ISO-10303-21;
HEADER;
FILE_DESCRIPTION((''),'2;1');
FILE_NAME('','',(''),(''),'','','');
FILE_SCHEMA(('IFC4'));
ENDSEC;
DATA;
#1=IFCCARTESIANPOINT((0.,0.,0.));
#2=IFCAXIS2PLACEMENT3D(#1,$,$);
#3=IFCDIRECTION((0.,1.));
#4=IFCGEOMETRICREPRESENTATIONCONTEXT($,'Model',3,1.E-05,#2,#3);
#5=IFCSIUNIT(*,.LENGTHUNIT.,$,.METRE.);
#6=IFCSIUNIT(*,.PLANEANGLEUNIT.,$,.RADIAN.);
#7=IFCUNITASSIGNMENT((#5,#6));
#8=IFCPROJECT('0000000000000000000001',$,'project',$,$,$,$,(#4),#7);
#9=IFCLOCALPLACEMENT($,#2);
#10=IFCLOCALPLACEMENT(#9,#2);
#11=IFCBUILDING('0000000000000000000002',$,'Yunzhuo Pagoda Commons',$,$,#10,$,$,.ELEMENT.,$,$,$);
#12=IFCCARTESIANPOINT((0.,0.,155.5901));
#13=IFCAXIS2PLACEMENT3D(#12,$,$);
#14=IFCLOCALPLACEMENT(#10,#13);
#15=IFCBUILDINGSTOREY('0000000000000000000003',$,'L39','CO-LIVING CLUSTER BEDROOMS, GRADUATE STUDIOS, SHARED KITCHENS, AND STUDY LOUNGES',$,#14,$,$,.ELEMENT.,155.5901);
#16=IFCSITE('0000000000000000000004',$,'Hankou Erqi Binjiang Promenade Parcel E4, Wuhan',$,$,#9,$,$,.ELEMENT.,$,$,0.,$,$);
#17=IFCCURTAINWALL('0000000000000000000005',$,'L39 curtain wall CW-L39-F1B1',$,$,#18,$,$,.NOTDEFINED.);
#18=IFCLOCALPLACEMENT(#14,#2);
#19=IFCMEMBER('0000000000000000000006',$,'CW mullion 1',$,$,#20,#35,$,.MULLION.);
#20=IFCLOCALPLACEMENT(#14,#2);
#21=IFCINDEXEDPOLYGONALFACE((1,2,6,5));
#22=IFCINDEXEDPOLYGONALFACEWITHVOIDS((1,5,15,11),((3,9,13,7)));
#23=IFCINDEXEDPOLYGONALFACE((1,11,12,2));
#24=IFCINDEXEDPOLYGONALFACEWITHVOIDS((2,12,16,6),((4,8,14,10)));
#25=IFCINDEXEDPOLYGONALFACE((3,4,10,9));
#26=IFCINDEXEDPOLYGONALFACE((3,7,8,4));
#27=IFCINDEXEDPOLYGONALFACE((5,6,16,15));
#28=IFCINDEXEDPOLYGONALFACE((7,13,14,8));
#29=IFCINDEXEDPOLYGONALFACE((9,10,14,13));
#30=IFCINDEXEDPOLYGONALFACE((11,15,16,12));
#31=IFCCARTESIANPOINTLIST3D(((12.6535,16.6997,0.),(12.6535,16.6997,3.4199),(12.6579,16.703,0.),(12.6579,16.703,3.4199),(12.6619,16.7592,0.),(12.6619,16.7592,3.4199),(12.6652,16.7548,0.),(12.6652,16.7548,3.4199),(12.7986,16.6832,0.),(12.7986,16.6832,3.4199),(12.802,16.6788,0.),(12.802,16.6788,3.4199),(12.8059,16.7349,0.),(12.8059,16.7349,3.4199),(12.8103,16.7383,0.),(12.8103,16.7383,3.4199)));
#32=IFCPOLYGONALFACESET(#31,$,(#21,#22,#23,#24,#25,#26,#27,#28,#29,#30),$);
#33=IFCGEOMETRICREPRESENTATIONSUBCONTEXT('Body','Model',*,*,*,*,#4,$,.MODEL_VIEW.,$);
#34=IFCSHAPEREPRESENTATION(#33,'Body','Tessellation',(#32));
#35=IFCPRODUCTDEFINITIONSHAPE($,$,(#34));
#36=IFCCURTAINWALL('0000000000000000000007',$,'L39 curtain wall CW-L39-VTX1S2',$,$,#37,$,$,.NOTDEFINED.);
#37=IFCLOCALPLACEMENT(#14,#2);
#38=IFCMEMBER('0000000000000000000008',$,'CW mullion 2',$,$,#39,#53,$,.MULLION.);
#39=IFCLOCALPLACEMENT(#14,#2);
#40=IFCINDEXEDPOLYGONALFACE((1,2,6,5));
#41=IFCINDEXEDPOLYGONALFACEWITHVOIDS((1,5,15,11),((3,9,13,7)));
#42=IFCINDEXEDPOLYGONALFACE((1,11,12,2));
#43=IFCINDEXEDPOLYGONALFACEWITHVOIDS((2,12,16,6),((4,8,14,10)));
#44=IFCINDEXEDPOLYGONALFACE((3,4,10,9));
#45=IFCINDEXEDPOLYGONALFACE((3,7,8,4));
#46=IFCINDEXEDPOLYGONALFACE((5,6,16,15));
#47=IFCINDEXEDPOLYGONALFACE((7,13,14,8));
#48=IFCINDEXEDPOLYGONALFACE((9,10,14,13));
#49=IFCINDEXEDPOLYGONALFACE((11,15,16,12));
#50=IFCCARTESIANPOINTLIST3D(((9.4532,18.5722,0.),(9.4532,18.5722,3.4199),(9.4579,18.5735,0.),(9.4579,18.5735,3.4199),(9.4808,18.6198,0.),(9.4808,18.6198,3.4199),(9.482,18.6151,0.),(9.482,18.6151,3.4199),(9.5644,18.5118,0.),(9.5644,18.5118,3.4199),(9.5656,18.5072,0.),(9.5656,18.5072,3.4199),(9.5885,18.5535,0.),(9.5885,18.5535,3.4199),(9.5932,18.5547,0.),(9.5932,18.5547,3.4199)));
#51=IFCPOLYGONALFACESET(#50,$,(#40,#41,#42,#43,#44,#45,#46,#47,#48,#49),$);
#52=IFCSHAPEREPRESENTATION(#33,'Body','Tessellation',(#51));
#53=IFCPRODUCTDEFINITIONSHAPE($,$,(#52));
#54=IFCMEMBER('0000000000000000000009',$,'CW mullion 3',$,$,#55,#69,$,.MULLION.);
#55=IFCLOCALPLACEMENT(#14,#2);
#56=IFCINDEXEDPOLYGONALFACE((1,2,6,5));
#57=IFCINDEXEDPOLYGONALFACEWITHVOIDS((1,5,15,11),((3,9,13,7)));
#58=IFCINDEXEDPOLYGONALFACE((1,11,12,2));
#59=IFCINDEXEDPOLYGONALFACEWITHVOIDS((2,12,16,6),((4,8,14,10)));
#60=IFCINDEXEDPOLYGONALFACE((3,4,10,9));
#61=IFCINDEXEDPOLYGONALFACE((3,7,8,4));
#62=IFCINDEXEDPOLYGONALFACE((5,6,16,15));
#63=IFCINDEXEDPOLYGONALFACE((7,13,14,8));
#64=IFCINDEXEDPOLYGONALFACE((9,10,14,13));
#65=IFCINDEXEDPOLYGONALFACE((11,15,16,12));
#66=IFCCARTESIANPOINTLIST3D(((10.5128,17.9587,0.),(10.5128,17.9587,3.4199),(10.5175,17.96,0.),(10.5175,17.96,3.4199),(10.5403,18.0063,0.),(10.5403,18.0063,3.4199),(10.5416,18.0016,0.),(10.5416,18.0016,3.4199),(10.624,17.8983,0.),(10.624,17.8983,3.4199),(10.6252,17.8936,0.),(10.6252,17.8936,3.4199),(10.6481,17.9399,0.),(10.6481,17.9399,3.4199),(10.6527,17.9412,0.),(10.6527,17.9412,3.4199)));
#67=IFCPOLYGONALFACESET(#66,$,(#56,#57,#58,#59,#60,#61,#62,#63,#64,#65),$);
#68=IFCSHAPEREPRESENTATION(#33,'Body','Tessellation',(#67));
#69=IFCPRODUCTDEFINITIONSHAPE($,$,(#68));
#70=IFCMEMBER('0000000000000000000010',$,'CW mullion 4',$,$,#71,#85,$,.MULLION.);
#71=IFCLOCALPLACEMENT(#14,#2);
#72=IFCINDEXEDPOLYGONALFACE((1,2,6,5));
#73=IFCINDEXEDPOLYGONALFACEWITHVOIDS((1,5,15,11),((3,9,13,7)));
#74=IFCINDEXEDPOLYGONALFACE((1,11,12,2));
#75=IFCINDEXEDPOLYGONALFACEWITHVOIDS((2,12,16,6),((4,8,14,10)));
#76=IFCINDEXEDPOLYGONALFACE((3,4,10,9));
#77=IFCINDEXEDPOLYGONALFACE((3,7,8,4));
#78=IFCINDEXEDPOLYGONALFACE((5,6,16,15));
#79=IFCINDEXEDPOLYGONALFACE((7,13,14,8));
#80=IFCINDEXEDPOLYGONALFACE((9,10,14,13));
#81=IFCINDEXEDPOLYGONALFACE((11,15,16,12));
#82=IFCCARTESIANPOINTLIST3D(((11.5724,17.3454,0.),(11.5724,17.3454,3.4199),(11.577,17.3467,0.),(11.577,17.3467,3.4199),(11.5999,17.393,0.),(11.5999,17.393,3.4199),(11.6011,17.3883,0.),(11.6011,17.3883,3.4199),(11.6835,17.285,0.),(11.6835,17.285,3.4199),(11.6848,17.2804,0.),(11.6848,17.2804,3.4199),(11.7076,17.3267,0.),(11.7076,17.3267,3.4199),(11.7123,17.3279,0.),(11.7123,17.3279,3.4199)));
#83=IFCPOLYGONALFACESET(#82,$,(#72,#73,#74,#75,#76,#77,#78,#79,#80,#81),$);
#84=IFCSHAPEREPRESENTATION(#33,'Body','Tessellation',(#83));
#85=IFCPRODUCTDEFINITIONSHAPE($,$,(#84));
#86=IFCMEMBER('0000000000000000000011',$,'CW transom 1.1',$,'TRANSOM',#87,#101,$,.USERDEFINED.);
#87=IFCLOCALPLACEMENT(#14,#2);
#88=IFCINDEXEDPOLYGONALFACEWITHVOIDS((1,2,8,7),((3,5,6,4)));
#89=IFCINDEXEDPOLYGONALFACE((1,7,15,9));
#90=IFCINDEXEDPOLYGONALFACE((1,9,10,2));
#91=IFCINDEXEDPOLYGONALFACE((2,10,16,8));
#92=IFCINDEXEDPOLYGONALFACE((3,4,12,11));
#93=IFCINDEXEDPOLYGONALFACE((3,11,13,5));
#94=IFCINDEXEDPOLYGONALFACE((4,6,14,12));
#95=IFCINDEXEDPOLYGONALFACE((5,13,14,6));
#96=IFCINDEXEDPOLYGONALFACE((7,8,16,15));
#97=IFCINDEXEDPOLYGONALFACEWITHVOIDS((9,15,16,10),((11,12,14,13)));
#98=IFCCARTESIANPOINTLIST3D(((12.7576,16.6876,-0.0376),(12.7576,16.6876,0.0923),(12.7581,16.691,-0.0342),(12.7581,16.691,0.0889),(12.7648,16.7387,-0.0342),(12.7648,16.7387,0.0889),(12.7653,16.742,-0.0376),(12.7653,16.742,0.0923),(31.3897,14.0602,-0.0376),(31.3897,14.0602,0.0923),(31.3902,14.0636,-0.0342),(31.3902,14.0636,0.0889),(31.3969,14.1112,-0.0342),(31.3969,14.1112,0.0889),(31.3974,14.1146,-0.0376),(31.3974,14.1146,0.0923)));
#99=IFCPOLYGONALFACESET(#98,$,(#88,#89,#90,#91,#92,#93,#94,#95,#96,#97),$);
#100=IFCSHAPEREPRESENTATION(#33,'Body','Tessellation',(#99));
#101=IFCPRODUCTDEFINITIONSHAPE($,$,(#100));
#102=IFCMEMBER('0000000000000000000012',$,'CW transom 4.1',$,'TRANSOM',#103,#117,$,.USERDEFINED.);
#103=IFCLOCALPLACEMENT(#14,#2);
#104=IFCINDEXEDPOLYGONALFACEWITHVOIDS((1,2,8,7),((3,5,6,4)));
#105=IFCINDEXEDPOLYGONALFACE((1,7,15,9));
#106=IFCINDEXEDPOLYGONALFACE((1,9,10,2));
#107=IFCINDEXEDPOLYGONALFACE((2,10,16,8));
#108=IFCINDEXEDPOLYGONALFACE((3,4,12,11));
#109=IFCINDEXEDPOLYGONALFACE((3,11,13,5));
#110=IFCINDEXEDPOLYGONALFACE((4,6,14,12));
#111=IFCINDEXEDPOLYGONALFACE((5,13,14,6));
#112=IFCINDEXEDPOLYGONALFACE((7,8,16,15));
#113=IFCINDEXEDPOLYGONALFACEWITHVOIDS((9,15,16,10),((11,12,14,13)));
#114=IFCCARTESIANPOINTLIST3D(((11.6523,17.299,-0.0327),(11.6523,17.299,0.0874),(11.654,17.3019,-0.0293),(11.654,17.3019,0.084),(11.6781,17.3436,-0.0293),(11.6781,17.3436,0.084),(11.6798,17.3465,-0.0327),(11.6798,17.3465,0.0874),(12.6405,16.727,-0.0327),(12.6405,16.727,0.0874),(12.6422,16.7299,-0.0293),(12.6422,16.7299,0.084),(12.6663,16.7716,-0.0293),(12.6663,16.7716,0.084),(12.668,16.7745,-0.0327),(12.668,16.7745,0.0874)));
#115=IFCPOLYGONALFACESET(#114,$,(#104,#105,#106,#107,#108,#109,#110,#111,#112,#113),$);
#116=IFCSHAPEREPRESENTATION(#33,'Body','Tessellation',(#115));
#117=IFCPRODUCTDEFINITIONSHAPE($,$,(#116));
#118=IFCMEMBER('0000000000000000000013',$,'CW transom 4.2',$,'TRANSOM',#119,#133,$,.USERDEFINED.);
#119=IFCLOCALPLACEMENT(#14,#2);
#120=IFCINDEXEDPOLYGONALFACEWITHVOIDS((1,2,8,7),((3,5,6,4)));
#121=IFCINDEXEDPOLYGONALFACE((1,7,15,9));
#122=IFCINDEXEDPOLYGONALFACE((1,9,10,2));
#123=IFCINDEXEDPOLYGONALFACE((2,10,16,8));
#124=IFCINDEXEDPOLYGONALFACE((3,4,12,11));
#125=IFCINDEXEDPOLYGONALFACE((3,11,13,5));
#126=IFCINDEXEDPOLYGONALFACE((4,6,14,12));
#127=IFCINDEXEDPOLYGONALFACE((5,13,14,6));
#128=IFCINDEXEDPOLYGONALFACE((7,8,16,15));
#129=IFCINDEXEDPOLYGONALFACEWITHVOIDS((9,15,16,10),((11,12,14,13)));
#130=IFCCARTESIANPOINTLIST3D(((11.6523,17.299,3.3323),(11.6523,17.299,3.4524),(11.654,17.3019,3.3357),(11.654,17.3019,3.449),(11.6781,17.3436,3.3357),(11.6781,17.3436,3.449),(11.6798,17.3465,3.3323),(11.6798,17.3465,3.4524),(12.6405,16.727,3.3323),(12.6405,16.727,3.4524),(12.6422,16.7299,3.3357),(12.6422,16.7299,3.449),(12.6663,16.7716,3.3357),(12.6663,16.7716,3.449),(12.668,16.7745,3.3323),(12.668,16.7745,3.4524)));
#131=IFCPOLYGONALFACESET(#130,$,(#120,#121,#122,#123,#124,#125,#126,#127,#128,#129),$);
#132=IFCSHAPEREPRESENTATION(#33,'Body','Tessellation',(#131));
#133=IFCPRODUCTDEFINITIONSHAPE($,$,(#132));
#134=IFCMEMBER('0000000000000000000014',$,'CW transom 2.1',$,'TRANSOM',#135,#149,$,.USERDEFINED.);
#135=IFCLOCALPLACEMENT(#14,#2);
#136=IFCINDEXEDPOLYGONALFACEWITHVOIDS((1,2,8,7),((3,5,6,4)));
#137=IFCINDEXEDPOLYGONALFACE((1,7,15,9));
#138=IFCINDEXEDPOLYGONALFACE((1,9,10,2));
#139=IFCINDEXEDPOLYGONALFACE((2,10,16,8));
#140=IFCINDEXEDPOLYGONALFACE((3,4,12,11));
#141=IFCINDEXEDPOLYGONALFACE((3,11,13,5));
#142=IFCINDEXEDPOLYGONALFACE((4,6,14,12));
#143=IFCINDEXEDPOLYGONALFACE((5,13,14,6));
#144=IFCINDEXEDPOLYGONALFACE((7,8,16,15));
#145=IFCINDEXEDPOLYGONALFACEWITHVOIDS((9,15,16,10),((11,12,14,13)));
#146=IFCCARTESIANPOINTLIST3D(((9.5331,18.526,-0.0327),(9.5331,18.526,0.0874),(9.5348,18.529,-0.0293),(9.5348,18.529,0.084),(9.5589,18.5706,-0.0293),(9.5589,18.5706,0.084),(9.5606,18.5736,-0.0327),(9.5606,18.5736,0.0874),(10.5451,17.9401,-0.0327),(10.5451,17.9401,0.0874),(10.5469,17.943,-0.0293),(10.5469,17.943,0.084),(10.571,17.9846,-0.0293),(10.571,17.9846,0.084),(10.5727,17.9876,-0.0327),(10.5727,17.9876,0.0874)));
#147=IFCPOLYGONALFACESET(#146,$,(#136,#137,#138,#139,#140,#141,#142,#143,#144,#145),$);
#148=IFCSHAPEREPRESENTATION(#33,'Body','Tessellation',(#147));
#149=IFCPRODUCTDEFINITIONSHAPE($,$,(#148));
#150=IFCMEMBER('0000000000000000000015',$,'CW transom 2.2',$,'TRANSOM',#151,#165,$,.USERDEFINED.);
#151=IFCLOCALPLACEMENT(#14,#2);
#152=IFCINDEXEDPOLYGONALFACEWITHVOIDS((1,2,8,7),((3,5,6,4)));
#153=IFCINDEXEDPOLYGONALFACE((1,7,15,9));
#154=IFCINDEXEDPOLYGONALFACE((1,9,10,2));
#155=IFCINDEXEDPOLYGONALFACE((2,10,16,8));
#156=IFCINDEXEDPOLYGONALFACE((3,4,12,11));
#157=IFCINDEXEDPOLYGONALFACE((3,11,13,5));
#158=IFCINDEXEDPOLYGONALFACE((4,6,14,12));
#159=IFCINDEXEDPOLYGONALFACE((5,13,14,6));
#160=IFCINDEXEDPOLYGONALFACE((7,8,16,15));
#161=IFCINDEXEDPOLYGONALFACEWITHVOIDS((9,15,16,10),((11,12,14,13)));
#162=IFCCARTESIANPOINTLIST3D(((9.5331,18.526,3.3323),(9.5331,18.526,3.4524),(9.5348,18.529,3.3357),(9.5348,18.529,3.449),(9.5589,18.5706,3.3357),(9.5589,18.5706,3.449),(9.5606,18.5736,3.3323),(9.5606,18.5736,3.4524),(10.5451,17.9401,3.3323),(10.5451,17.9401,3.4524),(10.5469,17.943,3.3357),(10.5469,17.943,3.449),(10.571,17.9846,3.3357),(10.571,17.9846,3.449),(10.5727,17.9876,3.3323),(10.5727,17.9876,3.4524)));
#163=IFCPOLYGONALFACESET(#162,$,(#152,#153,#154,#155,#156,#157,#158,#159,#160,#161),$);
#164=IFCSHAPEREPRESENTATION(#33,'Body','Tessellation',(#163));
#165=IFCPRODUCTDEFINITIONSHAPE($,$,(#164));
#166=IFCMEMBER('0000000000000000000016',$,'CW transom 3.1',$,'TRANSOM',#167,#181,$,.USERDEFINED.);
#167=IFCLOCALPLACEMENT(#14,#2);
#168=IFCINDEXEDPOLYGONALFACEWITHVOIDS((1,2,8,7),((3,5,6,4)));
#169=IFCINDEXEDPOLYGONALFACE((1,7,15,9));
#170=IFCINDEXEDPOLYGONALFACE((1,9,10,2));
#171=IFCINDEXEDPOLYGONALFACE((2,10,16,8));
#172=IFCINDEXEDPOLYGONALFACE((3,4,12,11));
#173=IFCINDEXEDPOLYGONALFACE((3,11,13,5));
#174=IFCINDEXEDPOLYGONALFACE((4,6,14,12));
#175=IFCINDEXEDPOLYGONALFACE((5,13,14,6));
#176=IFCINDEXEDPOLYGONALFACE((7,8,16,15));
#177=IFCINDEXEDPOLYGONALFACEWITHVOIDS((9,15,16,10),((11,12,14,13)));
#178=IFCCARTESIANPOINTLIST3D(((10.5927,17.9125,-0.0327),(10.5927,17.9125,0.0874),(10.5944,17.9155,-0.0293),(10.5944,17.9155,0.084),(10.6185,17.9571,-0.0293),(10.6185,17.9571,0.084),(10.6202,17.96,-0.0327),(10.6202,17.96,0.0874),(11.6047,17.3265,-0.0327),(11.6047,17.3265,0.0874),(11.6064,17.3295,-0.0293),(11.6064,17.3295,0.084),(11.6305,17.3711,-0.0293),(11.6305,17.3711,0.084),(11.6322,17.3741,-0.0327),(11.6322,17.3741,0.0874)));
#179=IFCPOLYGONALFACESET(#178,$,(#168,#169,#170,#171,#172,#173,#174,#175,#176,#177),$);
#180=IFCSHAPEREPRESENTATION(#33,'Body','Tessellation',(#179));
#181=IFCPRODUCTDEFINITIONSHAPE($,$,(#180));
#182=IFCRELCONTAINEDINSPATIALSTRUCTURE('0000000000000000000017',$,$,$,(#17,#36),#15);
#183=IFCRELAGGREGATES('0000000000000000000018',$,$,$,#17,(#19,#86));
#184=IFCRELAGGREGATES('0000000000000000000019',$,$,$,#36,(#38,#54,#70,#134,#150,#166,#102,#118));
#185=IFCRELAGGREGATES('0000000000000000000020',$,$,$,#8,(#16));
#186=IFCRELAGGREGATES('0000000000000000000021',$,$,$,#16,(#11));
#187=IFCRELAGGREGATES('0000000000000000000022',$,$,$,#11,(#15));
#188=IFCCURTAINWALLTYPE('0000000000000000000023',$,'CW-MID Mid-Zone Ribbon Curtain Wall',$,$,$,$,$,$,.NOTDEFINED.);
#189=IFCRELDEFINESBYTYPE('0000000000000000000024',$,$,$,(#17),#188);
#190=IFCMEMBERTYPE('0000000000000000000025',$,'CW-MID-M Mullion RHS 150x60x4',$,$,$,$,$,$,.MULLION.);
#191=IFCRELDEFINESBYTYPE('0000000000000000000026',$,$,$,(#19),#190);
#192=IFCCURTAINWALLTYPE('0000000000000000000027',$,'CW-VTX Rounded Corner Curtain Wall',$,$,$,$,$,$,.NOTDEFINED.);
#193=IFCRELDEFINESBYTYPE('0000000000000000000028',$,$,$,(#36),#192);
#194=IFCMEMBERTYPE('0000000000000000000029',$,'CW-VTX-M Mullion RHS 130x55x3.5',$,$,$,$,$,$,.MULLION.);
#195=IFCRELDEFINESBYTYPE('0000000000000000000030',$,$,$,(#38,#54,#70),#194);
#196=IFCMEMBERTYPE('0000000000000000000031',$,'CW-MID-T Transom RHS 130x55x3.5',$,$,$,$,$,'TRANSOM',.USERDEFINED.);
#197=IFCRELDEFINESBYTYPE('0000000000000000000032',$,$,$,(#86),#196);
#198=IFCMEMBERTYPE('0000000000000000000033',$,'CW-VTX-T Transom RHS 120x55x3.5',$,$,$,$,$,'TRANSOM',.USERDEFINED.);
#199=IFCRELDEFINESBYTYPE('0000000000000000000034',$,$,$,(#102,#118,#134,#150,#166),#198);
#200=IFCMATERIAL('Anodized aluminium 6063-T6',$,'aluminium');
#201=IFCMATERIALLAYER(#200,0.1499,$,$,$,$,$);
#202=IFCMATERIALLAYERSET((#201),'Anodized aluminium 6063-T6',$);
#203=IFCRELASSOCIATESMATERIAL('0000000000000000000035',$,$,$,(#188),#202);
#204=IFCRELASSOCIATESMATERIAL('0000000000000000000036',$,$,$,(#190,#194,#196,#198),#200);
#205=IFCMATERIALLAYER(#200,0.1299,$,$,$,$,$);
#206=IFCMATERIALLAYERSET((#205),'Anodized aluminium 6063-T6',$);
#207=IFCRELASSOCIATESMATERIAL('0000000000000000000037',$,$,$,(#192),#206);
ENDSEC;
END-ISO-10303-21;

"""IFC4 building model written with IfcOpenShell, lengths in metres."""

from ifc_helpers import new_model, si_unit, direction, frame, origin, origin_2d, place, context, subcontext, project, spatial, hollow_rectangle, extrude, source, transform, mapped, material, layer, layer_set, material_profile, profile_set, type_object, element, aggregate, save


model = new_model("IFC4")

# Units and contexts
model_context = context("Model", 3, precision=1e-05, world=origin(), true_north=direction((0.0, 1.0)))
body_context = subcontext(model_context, "Body", "Model", "MODEL_VIEW")
ifc_project = project(units=[si_unit("LENGTHUNIT", "METRE"), si_unit("PLANEANGLEUNIT", "RADIAN")], contexts=[model_context])

# Site, building, storey
site_placement = place(None, origin())
site = spatial("IfcSite", under=ifc_project, at=site_placement, Name="Hankou Erqi Binjiang Promenade Parcel E4, Wuhan", CompositionType="ELEMENT", RefElevation=0.0)
building_placement = place(site_placement, origin())
building = spatial("IfcBuilding", under=site, at=building_placement, Name="Yunzhuo Pagoda Commons", CompositionType="ELEMENT")
storey_placement = place(building_placement, frame((0.0, 0.0, 155.5901)))
storey = spatial("IfcBuildingStorey", under=building, at=storey_placement, Name="L39", Description="CO-LIVING CLUSTER BEDROOMS, GRADUATE STUDIOS, SHARED KITCHENS, AND STUDY LOUNGES", CompositionType="ELEMENT", Elevation=155.5901)

# Curtain wall, member
ifc_material_1 = material(Name="Anodized aluminium 6063-T6", Category="aluminium")
ifc_layer_1 = layer(ifc_material_1, 0.1499)
ifc_layer_set_1 = layer_set([ifc_layer_1], Name="Anodized aluminium 6063-T6")
curtain_wall_type_1 = type_object("IfcCurtainWallType", Name="CW-MID Mid-Zone Ribbon Curtain Wall", PredefinedType="NOTDEFINED", material=ifc_layer_set_1)
curtain_wall_1_placement = place(storey_placement, origin())
curtain_wall_1 = element("IfcCurtainWall", 1, at=curtain_wall_1_placement, inside=storey, type_object=curtain_wall_type_1, Name="L39 curtain wall CW-L39-F1B1", PredefinedType="NOTDEFINED")
ifc_material_profile_1 = material_profile(ifc_material_1, hollow_rectangle(XDim=0.0601, YDim=0.1499, WallThickness=0.0039, at=origin_2d()), Name="Anodized aluminium 6063-T6")
ifc_profile_set_1 = profile_set([ifc_material_profile_1], Name="Anodized aluminium 6063-T6")
member_type_1 = type_object("IfcMemberType", Name="CW-MID-M Mullion RHS 150x60x4", PredefinedType="MULLION", material=ifc_profile_set_1)
shared_shape_1 = source(origin(), body_context, "Body", "SweptSolid", [
    extrude(hollow_rectangle(XDim=0.0601, YDim=0.1499, WallThickness=0.0039, at=origin_2d()), origin(), (0.0, 0.0, 1.0), 3.4199),
])
member_1_placement = place(storey_placement, frame((12.7319, 16.719, 0.0), z_axis=(0.0, 0.0, 1.0), x_axis=(0.13963, 0.990204, 0.0)))
member_1 = element("IfcMember", 2, at=member_1_placement, type_object=member_type_1, Name="CW mullion 1", PredefinedType="MULLION", context=body_context, shape_type="MappedRepresentation", body=[
    mapped(shared_shape_1, transform((0.0, 0.0, 0.0), scale=1.0)),
])

# Curtain wall, members
ifc_layer_2 = layer(ifc_material_1, 0.1299)
ifc_layer_set_2 = layer_set([ifc_layer_2], Name="Anodized aluminium 6063-T6")
curtain_wall_type_2 = type_object("IfcCurtainWallType", Name="CW-VTX Rounded Corner Curtain Wall", PredefinedType="NOTDEFINED", material=ifc_layer_set_2)
curtain_wall_2_placement = place(storey_placement, origin())
curtain_wall_2 = element("IfcCurtainWall", 3, at=curtain_wall_2_placement, inside=storey, type_object=curtain_wall_type_2, Name="L39 curtain wall CW-L39-VTX1S2", PredefinedType="NOTDEFINED")
ifc_material_profile_2 = material_profile(ifc_material_1, hollow_rectangle(XDim=0.0549, YDim=0.1299, WallThickness=0.0034, at=origin_2d()), Name="Anodized aluminium 6063-T6")
ifc_profile_set_2 = profile_set([ifc_material_profile_2], Name="Anodized aluminium 6063-T6")
member_type_2 = type_object("IfcMemberType", Name="CW-VTX-M Mullion RHS 130x55x3.5", PredefinedType="MULLION", material=ifc_profile_set_2)
shared_shape_2 = source(origin(), body_context, "Body", "SweptSolid", [
    extrude(hollow_rectangle(XDim=0.0549, YDim=0.1299, WallThickness=0.0034, at=origin_2d()), origin(), (0.0, 0.0, 1.0), 3.4199),
])
member_2_placement = place(storey_placement, frame((9.5232, 18.5635, 0.0), z_axis=(0.0, 0.0, 1.0), x_axis=(0.501035, 0.865427, 0.0)))
member_2 = element("IfcMember", 4, at=member_2_placement, type_object=member_type_2, Name="CW mullion 2", PredefinedType="MULLION", context=body_context, shape_type="MappedRepresentation", body=[
    mapped(shared_shape_2, transform((0.0, 0.0, 0.0), scale=1.0)),
])
member_3_placement = place(storey_placement, frame((10.5828, 17.95, 0.0), z_axis=(0.0, 0.0, 1.0), x_axis=(0.501035, 0.865427, 0.0)))
member_3 = element("IfcMember", 5, at=member_3_placement, type_object=member_type_2, Name="CW mullion 3", PredefinedType="MULLION", context=body_context, shape_type="MappedRepresentation", body=[
    mapped(shared_shape_2, transform((0.0, 0.0, 0.0), scale=1.0)),
])
member_4_placement = place(storey_placement, frame((11.6423, 17.3367, 0.0), z_axis=(0.0, 0.0, 1.0), x_axis=(0.501035, 0.865427, 0.0)))
member_4 = element("IfcMember", 6, at=member_4_placement, type_object=member_type_2, Name="CW mullion 4", PredefinedType="MULLION", context=body_context, shape_type="MappedRepresentation", body=[
    mapped(shared_shape_2, transform((0.0, 0.0, 0.0), scale=1.0)),
])

# Members
ifc_material_profile_3 = material_profile(ifc_material_1, hollow_rectangle(XDim=0.0549, YDim=0.1299, WallThickness=0.0034, at=origin_2d()), Name="Anodized aluminium 6063-T6")
ifc_profile_set_3 = profile_set([ifc_material_profile_3], Name="Anodized aluminium 6063-T6")
member_type_3 = type_object("IfcMemberType", Name="CW-MID-T Transom RHS 130x55x3.5", ElementType="TRANSOM", PredefinedType="USERDEFINED", material=ifc_profile_set_3)
shared_shape_3 = source(origin(), body_context, "Body", "SweptSolid", [
    extrude(hollow_rectangle(XDim=0.0549, YDim=0.1299, WallThickness=0.0034, at=origin_2d()), origin(), (0.0, 0.0, 1.0), 18.8164),
])
member_5_placement = place(storey_placement, frame((12.7615, 16.7148, 0.0273), z_axis=(0.990203, -0.139636, 0.0), x_axis=(0.139636, 0.990203, 0.0)))
member_5 = element("IfcMember", 7, at=member_5_placement, type_object=member_type_3, Name="CW transom 1.1", ObjectType="TRANSOM", PredefinedType="USERDEFINED", context=body_context, shape_type="MappedRepresentation", body=[
    mapped(shared_shape_3, transform((0.0, 0.0, 0.0), scale=1.0)),
])
aggregate(curtain_wall_1, [member_1, member_5])
ifc_material_profile_4 = material_profile(ifc_material_1, hollow_rectangle(XDim=0.0549, YDim=0.1201, WallThickness=0.0034, at=origin_2d()), Name="Anodized aluminium 6063-T6")
ifc_profile_set_4 = profile_set([ifc_material_profile_4], Name="Anodized aluminium 6063-T6")
member_type_4 = type_object("IfcMemberType", Name="CW-VTX-T Transom RHS 120x55x3.5", ElementType="TRANSOM", PredefinedType="USERDEFINED", material=ifc_profile_set_4)
shared_shape_4 = source(origin(), body_context, "Body", "SweptSolid", [
    extrude(hollow_rectangle(XDim=0.0549, YDim=0.1201, WallThickness=0.0034, at=origin_2d()), origin(), (0.0, 0.0, 1.0), 1.1418),
])
member_6_placement = place(storey_placement, frame((11.666, 17.3228, 0.0273), z_axis=(0.86548, -0.500944, 0.0), x_axis=(0.500944, 0.86548, 0.0)))
member_6 = element("IfcMember", 8, at=member_6_placement, type_object=member_type_4, Name="CW transom 4.1", ObjectType="TRANSOM", PredefinedType="USERDEFINED", context=body_context, shape_type="MappedRepresentation", body=[
    mapped(shared_shape_4, transform((0.0, 0.0, 0.0), scale=1.0)),
])
member_7_placement = place(storey_placement, frame((11.666, 17.3228, 3.3923), z_axis=(0.86548, -0.500944, 0.0), x_axis=(0.500944, 0.86548, 0.0)))
member_7 = element("IfcMember", 9, at=member_7_placement, type_object=member_type_4, Name="CW transom 4.2", ObjectType="TRANSOM", PredefinedType="USERDEFINED", context=body_context, shape_type="MappedRepresentation", body=[
    mapped(shared_shape_4, transform((0.0, 0.0, 0.0), scale=1.0)),
])
shared_shape_5 = source(origin(), body_context, "Body", "SweptSolid", [
    extrude(hollow_rectangle(XDim=0.0549, YDim=0.1201, WallThickness=0.0034, at=origin_2d()), origin(), (0.0, 0.0, 1.0), 1.1694),
])
member_8_placement = place(storey_placement, frame((9.5469, 18.5498, 0.0273), z_axis=(0.865402, -0.501077, 0.0), x_axis=(0.501077, 0.865402, 0.0)))
member_8 = element("IfcMember", 10, at=member_8_placement, type_object=member_type_4, Name="CW transom 2.1", ObjectType="TRANSOM", PredefinedType="USERDEFINED", context=body_context, shape_type="MappedRepresentation", body=[
    mapped(shared_shape_5, transform((0.0, 0.0, 0.0), scale=1.0)),
])
member_9_placement = place(storey_placement, frame((9.5469, 18.5498, 3.3923), z_axis=(0.865402, -0.501077, 0.0), x_axis=(0.501077, 0.865402, 0.0)))
member_9 = element("IfcMember", 11, at=member_9_placement, type_object=member_type_4, Name="CW transom 2.2", ObjectType="TRANSOM", PredefinedType="USERDEFINED", context=body_context, shape_type="MappedRepresentation", body=[
    mapped(shared_shape_5, transform((0.0, 0.0, 0.0), scale=1.0)),
])
member_10_placement = place(storey_placement, frame((10.6064, 17.9363, 0.0273), z_axis=(0.865402, -0.501077, 0.0), x_axis=(0.501077, 0.865402, 0.0)))
member_10 = element("IfcMember", 12, at=member_10_placement, type_object=member_type_4, Name="CW transom 3.1", ObjectType="TRANSOM", PredefinedType="USERDEFINED", context=body_context, shape_type="MappedRepresentation", body=[
    mapped(shared_shape_5, transform((0.0, 0.0, 0.0), scale=1.0)),
])

aggregate(curtain_wall_2, [member_2, member_3, member_4, member_8, member_9, member_10, member_6, member_7])

save(model, "model.ifc")
